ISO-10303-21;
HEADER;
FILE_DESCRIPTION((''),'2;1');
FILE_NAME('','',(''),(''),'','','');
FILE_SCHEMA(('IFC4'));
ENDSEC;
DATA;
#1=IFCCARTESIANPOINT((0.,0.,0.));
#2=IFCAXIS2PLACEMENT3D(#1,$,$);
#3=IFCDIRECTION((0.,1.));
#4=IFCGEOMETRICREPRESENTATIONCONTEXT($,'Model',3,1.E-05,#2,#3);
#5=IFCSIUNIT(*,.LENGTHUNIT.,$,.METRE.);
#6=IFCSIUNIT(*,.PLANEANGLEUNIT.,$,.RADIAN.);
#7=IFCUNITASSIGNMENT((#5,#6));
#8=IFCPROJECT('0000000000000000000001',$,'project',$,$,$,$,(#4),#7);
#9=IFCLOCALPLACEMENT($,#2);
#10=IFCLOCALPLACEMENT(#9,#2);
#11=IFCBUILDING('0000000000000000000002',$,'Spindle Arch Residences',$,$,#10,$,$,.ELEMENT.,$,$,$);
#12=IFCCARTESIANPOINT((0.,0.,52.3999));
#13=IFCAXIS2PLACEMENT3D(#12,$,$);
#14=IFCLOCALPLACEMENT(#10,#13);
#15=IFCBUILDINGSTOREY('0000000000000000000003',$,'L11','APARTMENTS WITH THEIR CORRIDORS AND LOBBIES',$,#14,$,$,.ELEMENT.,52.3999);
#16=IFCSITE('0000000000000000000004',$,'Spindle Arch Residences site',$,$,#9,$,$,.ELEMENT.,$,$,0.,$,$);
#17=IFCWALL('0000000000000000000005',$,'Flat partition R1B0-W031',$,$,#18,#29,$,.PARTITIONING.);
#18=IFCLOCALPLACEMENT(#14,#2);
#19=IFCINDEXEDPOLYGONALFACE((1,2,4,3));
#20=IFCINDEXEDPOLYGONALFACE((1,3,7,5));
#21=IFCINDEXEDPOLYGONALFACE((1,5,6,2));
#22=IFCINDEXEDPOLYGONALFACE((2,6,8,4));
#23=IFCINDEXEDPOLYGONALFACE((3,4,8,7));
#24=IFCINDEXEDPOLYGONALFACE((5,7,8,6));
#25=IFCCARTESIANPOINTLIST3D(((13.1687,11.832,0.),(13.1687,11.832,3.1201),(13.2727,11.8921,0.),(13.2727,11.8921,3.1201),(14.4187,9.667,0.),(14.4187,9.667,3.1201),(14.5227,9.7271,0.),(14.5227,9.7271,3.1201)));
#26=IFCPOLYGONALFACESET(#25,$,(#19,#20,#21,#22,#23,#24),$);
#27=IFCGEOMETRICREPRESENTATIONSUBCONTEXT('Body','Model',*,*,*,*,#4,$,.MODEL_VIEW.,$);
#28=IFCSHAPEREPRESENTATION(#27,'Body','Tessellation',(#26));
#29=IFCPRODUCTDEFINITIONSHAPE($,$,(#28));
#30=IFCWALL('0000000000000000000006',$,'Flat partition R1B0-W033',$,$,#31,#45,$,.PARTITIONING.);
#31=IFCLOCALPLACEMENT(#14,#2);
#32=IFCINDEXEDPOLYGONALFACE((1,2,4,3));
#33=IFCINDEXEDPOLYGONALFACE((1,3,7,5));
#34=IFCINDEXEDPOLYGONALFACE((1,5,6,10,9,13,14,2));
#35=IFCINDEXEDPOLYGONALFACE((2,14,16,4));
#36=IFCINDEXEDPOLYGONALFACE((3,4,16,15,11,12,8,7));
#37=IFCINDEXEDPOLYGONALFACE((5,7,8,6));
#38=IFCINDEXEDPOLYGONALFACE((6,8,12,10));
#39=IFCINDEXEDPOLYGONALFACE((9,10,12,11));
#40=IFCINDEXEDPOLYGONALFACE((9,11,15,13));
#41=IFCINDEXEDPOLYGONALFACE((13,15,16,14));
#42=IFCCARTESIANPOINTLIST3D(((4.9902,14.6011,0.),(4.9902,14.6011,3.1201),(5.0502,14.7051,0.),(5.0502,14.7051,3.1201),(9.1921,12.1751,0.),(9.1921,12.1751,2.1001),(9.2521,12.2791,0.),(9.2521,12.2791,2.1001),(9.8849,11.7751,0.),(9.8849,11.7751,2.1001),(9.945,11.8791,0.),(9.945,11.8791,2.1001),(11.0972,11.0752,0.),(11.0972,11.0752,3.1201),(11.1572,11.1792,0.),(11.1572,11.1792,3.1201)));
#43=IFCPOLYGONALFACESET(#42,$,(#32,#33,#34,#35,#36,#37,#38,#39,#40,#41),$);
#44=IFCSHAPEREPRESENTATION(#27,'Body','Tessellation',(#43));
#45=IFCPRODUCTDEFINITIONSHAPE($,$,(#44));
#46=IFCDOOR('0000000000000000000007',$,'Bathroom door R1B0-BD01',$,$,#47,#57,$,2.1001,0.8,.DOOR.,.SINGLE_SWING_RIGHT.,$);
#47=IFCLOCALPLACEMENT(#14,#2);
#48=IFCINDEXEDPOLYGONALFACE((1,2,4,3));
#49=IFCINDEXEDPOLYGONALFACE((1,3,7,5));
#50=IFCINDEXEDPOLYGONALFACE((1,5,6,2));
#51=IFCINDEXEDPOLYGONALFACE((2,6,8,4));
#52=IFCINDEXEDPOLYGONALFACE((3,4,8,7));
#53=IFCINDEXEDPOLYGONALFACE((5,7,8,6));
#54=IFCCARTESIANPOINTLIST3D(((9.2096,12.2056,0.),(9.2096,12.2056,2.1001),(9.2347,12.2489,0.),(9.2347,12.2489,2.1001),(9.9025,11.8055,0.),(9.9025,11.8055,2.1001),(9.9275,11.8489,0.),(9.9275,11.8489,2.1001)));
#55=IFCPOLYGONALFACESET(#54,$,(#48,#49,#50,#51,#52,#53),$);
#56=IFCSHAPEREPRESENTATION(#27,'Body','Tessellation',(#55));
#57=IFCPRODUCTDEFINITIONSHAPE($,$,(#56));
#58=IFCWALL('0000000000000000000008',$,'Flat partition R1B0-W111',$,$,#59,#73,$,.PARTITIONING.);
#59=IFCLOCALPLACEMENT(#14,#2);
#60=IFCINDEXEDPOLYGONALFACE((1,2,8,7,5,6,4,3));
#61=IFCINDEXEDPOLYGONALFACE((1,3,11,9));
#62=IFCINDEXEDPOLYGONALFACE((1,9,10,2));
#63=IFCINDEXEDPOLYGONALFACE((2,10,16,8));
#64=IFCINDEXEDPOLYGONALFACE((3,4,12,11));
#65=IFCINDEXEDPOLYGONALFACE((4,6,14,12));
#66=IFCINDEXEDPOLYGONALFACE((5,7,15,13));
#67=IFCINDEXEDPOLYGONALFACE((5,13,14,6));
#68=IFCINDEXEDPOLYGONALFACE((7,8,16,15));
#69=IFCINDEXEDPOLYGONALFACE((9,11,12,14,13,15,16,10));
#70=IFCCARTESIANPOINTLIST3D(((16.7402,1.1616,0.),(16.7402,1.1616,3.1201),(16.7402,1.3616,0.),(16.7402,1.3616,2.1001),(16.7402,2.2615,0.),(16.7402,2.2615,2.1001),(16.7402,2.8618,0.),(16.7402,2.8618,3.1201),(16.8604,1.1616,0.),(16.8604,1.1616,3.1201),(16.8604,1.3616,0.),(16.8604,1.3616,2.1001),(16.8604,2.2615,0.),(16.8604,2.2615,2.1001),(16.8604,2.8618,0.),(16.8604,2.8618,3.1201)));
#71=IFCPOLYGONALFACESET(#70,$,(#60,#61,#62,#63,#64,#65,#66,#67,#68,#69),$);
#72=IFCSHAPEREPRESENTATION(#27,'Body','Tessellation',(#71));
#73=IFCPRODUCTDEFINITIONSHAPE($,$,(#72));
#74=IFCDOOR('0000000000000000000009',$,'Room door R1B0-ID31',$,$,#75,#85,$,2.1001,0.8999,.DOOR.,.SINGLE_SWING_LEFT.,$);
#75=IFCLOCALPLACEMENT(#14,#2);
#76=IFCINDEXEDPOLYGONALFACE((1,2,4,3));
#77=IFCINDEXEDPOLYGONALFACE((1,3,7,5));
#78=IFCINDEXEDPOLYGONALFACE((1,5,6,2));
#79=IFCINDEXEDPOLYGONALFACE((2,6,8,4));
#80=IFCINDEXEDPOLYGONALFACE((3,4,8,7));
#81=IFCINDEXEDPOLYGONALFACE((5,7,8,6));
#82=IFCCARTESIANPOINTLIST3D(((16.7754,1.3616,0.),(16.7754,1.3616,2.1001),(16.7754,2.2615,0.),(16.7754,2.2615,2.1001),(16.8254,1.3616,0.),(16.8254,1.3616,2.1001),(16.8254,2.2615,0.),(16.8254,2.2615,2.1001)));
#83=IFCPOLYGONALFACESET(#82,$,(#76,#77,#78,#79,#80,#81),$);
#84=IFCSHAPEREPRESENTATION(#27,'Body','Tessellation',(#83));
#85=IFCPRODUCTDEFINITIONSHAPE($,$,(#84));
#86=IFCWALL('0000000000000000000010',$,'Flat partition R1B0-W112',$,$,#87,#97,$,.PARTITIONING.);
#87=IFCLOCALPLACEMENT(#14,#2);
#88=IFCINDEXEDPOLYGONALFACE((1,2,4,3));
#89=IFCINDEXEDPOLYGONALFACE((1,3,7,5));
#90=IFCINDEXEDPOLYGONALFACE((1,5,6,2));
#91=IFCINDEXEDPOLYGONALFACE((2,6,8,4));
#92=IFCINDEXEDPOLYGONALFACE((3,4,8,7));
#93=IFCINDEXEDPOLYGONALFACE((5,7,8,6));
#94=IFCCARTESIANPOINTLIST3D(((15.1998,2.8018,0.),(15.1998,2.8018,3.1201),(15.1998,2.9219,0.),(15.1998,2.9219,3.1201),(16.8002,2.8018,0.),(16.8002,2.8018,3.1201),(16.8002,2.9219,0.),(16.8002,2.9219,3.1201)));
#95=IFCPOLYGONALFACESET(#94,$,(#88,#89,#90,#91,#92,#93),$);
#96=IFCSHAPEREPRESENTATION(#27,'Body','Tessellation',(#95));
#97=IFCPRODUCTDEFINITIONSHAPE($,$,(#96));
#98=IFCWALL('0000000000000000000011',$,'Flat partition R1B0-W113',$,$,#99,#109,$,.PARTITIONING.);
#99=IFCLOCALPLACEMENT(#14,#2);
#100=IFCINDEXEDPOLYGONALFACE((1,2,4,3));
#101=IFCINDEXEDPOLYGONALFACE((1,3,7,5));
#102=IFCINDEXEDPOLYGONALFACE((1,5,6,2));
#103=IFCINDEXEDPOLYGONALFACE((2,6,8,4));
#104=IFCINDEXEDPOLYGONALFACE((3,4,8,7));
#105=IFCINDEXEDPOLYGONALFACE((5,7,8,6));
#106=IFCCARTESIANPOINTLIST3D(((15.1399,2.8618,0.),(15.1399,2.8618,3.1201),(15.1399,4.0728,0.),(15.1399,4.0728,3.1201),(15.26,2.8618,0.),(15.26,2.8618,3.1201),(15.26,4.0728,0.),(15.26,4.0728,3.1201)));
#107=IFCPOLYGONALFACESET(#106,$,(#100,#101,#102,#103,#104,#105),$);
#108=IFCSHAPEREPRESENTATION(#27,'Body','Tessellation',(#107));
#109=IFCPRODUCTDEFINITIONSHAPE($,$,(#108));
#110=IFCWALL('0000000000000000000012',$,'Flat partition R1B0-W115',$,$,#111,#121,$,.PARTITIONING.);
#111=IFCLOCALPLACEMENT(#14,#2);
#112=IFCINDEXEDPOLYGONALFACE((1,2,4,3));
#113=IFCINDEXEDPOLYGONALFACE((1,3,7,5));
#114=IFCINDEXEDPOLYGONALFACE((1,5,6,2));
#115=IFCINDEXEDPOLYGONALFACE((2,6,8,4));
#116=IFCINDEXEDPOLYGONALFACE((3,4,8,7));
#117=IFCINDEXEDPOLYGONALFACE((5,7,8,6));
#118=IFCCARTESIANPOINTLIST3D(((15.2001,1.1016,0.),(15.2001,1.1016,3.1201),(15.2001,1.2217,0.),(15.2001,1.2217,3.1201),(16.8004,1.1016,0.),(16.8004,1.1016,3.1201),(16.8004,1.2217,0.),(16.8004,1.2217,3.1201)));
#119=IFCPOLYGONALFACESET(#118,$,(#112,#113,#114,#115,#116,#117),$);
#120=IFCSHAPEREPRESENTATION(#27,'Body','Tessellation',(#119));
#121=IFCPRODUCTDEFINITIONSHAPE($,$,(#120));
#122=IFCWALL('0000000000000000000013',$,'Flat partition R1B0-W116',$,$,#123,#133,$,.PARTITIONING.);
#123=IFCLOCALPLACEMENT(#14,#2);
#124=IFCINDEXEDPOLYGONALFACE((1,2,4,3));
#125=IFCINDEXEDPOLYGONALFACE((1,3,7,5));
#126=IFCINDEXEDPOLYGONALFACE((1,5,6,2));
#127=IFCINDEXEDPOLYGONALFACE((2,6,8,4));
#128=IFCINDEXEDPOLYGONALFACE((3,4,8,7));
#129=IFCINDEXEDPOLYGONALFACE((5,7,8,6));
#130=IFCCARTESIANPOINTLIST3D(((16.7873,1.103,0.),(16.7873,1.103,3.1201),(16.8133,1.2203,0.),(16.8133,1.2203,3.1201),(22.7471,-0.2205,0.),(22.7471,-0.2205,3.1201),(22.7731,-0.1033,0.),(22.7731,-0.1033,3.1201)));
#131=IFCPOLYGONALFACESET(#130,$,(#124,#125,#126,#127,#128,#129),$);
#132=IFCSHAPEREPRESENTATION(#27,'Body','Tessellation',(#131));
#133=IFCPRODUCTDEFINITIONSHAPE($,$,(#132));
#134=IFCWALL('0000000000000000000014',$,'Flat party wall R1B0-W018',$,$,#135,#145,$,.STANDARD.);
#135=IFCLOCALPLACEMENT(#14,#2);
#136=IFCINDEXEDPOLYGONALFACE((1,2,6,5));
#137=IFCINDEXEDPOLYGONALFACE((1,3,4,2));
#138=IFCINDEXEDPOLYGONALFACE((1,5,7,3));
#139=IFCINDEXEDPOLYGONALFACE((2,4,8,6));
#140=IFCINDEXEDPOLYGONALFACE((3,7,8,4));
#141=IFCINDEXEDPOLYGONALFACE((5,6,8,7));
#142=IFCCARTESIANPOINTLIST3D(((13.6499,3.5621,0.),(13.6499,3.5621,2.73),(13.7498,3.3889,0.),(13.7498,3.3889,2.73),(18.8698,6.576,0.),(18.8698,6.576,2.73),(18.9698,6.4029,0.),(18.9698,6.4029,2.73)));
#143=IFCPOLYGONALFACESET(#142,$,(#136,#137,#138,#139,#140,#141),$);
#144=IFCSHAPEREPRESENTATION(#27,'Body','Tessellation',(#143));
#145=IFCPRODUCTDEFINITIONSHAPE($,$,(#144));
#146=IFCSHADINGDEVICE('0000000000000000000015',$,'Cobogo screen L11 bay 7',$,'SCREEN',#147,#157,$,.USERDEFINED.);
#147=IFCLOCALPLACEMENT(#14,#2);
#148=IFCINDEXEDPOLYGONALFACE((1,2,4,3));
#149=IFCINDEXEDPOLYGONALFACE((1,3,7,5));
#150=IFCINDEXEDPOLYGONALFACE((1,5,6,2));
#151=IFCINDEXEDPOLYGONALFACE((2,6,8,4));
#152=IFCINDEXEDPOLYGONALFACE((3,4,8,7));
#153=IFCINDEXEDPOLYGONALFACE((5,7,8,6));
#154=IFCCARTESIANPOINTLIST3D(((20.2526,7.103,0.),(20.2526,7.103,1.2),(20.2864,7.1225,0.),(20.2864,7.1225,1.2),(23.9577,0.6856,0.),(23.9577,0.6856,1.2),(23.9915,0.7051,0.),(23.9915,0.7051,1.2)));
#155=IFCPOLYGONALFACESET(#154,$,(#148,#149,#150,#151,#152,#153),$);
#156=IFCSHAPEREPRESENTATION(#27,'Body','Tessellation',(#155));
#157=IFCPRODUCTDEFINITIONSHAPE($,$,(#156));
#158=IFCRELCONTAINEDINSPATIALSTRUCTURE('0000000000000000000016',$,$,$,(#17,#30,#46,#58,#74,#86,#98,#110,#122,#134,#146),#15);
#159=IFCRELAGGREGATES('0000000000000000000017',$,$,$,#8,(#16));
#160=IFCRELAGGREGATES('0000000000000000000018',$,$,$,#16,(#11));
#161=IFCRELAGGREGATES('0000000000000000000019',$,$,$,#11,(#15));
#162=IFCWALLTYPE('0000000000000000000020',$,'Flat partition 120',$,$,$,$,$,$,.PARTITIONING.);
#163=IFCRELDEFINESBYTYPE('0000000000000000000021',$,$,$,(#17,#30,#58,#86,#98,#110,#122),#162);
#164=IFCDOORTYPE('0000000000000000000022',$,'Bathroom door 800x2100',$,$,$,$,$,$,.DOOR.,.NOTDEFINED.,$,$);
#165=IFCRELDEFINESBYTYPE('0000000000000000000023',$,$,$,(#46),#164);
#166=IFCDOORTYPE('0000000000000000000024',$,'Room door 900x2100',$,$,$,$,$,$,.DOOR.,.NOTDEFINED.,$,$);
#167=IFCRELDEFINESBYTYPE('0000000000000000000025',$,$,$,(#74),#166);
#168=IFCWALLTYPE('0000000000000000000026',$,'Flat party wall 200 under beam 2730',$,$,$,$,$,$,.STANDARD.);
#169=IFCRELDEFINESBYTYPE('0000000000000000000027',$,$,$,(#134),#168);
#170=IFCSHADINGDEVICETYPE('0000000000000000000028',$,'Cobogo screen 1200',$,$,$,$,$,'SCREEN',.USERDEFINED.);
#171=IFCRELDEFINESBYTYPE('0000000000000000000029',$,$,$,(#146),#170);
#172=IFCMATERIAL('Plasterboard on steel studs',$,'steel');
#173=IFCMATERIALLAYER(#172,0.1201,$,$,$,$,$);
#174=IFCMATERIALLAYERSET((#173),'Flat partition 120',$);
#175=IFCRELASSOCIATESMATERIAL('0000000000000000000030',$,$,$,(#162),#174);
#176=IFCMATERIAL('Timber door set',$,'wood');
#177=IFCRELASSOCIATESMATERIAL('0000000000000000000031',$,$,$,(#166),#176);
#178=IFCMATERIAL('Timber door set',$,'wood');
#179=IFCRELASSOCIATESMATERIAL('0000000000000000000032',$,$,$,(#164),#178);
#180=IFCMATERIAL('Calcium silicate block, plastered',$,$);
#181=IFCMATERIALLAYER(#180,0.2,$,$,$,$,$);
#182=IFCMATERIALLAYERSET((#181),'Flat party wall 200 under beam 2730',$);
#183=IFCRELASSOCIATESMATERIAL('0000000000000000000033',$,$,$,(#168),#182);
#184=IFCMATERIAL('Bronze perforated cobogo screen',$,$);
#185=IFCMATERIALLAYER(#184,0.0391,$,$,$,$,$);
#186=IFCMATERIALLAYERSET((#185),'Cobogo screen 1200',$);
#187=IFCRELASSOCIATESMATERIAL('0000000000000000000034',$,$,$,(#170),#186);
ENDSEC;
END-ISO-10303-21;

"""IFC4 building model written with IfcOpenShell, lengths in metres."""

from ifc_helpers import new_model, si_unit, direction, frame, frame_2d, origin, origin_2d, place, context, subcontext, project, spatial, rectangle, extrude, material, layer, layer_set, type_object, element, fill, save


model = new_model("IFC4")

# Units and contexts
model_context = context("Model", 3, precision=1e-05, world=origin(), true_north=direction((0.0, 1.0)))
body_context = subcontext(model_context, "Body", "Model", "MODEL_VIEW")
ifc_project = project(units=[si_unit("LENGTHUNIT", "METRE"), si_unit("PLANEANGLEUNIT", "RADIAN")], contexts=[model_context])

# Site, building, storey
site_placement = place(None, origin())
site = spatial("IfcSite", under=ifc_project, at=site_placement, Name="Spindle Arch Residences site", CompositionType="ELEMENT", RefElevation=0.0)
building_placement = place(site_placement, origin())
building = spatial("IfcBuilding", under=site, at=building_placement, Name="Spindle Arch Residences", CompositionType="ELEMENT")
storey_placement = place(building_placement, frame((0.0, 0.0, 52.3999)))
storey = spatial("IfcBuildingStorey", under=building, at=storey_placement, Name="L11", Description="APARTMENTS WITH THEIR CORRIDORS AND LOBBIES", CompositionType="ELEMENT", Elevation=52.3999)

# Shared definitions
ifc_material_1 = material(Name="Plasterboard on steel studs", Category="steel")
ifc_layer_1 = layer(ifc_material_1, 0.1201)
ifc_layer_set_1 = layer_set([ifc_layer_1], Name="Flat partition 120")
wall_type_1 = type_object("IfcWallType", Name="Flat partition 120", PredefinedType="PARTITIONING", material=ifc_layer_set_1)
ifc_material_2 = material(Name="Timber door set", Category="wood")
door_type_1 = type_object("IfcDoorType", Name="Room door 900x2100", OperationType="NOTDEFINED", PredefinedType="DOOR", material=ifc_material_2)

# Wall
wall_1_placement = place(storey_placement, frame((14.4707, 9.697, 0.0), z_axis=(0.0, 0.0, 1.0), x_axis=(-0.500004, 0.866023, 0.0)))
element("IfcWall", 1, at=wall_1_placement, inside=storey, type_object=wall_type_1, Name="Flat partition R1B0-W031", PredefinedType="PARTITIONING", context=body_context, shape_type="SweptSolid", body=[
    extrude(rectangle(XDim=2.5, YDim=0.1201, at=frame_2d((1.25, 0.0))), origin(), (0.0, 0.0, 1.0), 3.1201),
])

# Walls, openings, doors
wall_2_placement = place(storey_placement, frame((11.1272, 11.1272, 0.0), z_axis=(0.0, 0.0, 1.0), x_axis=(-0.866023, 0.500004, 0.0)))
wall_2 = element("IfcWall", 2, at=wall_2_placement, inside=storey, type_object=wall_type_1, Name="Flat partition R1B0-W033", PredefinedType="PARTITIONING", context=body_context, shape_type="SweptSolid", body=[
    extrude(rectangle(XDim=7.0518, YDim=0.1201, at=frame_2d((3.5259, 0.0))), origin(), (0.0, 0.0, 1.0), 3.1201),
])
opening_1_placement = place(wall_2_placement, frame((1.3999, 0.0, 0.0)))
opening_1 = element("IfcOpeningElement", 3, at=opening_1_placement, cuts=wall_2, PredefinedType="OPENING", context=body_context, shape_type="SweptSolid", body=[
    extrude(rectangle(XDim=0.8, YDim=2.1001, at=frame_2d((0.3999, 1.05))), frame((0.0, 0.0701, 0.0), z_axis=(0.0, -1.0, 0.0), x_axis=(1.0, 0.0, 0.0)), (0.0, 0.0, 1.0), 0.1401),
])
ifc_material_3 = material(Name="Timber door set", Category="wood")
door_type_2 = type_object("IfcDoorType", Name="Bathroom door 800x2100", OperationType="NOTDEFINED", PredefinedType="DOOR", material=ifc_material_3)
door_1_placement = place(opening_1_placement, origin())
door_1 = element("IfcDoor", 4, at=door_1_placement, inside=storey, type_object=door_type_2, Name="Bathroom door R1B0-BD01", OperationType="SINGLE_SWING_RIGHT", OverallHeight=2.1001, OverallWidth=0.8, PredefinedType="DOOR", context=body_context, shape_type="SweptSolid", body=[
    extrude(rectangle(XDim=0.8, YDim=2.1001, at=frame_2d((0.3999, 1.05))), frame((0.0, 0.0249, 0.0), z_axis=(0.0, -1.0, 0.0), x_axis=(1.0, 0.0, 0.0)), (0.0, 0.0, 1.0), 0.05),
])
fill(opening_1, door_1)
wall_3_placement = place(storey_placement, frame((16.8003, 1.1616, 0.0), z_axis=(0.0, 0.0, 1.0), x_axis=(0.0, 1.0, 0.0)))
wall_3 = element("IfcWall", 5, at=wall_3_placement, inside=storey, type_object=wall_type_1, Name="Flat partition R1B0-W111", PredefinedType="PARTITIONING", context=body_context, shape_type="SweptSolid", body=[
    extrude(rectangle(XDim=1.7002, YDim=0.1201, at=frame_2d((0.8501, 0.0))), origin(), (0.0, 0.0, 1.0), 3.1201),
])
opening_2_placement = place(wall_3_placement, frame((0.2, 0.0, 0.0)))
opening_2 = element("IfcOpeningElement", 6, at=opening_2_placement, cuts=wall_3, PredefinedType="OPENING", context=body_context, shape_type="SweptSolid", body=[
    extrude(rectangle(XDim=0.8999, YDim=2.1001, at=frame_2d((0.45, 1.05))), frame((0.0, 0.0701, 0.0), z_axis=(0.0, -1.0, 0.0), x_axis=(1.0, 0.0, 0.0)), (0.0, 0.0, 1.0), 0.1401),
])
door_2_placement = place(opening_2_placement, origin())
door_2 = element("IfcDoor", 7, at=door_2_placement, inside=storey, type_object=door_type_1, Name="Room door R1B0-ID31", OperationType="SINGLE_SWING_LEFT", OverallHeight=2.1001, OverallWidth=0.8999, PredefinedType="DOOR", context=body_context, shape_type="SweptSolid", body=[
    extrude(rectangle(XDim=0.8999, YDim=2.1001, at=frame_2d((0.45, 1.05))), frame((0.0, 0.0249, 0.0), z_axis=(0.0, -1.0, 0.0), x_axis=(1.0, 0.0, 0.0)), (0.0, 0.0, 1.0), 0.05),
])
fill(opening_2, door_2)

# Walls
wall_4_placement = place(storey_placement, frame((16.8003, 2.8618, 0.0), z_axis=(0.0, 0.0, 1.0), x_axis=(-1.0, 0.0, 0.0)))
element("IfcWall", 8, at=wall_4_placement, inside=storey, type_object=wall_type_1, Name="Flat partition R1B0-W112", PredefinedType="PARTITIONING", context=body_context, shape_type="SweptSolid", body=[
    extrude(rectangle(XDim=1.6003, YDim=0.1201, at=frame_2d((0.8003, 0.0))), origin(), (0.0, 0.0, 1.0), 3.1201),
])
wall_5_placement = place(storey_placement, frame((15.2, 2.8618, 0.0), z_axis=(0.0, 0.0, 1.0), x_axis=(0.0, 1.0, 0.0)))
element("IfcWall", 9, at=wall_5_placement, inside=storey, type_object=wall_type_1, Name="Flat partition R1B0-W113", PredefinedType="PARTITIONING", context=body_context, shape_type="SweptSolid", body=[
    extrude(rectangle(XDim=1.2109, YDim=0.1201, at=frame_2d((0.6055, 0.0))), origin(), (0.0, 0.0, 1.0), 3.1201),
])
wall_6_placement = place(storey_placement, frame((15.2, 1.1616, 0.0), z_axis=(0.0, 0.0, 1.0), x_axis=(1.0, 0.0, 0.0)))
element("IfcWall", 10, at=wall_6_placement, inside=storey, type_object=wall_type_1, Name="Flat partition R1B0-W115", PredefinedType="PARTITIONING", context=body_context, shape_type="SweptSolid", body=[
    extrude(rectangle(XDim=1.6003, YDim=0.1201, at=frame_2d((0.8003, 0.0))), origin(), (0.0, 0.0, 1.0), 3.1201),
])
wall_7_placement = place(storey_placement, frame((16.8003, 1.1616, 0.0), z_axis=(0.0, 0.0, 1.0), x_axis=(0.976218, -0.216791, 0.0)))
element("IfcWall", 11, at=wall_7_placement, inside=storey, type_object=wall_type_1, Name="Flat partition R1B0-W116", PredefinedType="PARTITIONING", context=body_context, shape_type="SweptSolid", body=[
    extrude(rectangle(XDim=6.105, YDim=0.1201, at=frame_2d((3.0525, 0.0))), origin(), (0.0, 0.0, 1.0), 3.1201),
])
ifc_material_4 = material(Name="Calcium silicate block, plastered")
ifc_layer_2 = layer(ifc_material_4, 0.2)
ifc_layer_set_2 = layer_set([ifc_layer_2], Name="Flat party wall 200 under beam 2730")
wall_type_2 = type_object("IfcWallType", Name="Flat party wall 200 under beam 2730", PredefinedType="STANDARD", material=ifc_layer_set_2)
wall_8_placement = place(storey_placement, frame((13.7, 3.4756, 0.0), z_axis=(0.0, 0.0, 1.0), x_axis=(0.866014, 0.50002, 0.0)))
element("IfcWall", 12, at=wall_8_placement, inside=storey, type_object=wall_type_2, Name="Flat party wall R1B0-W018", PredefinedType="STANDARD", context=body_context, shape_type="SweptSolid", body=[
    extrude(rectangle(XDim=6.0276, YDim=0.2, at=frame_2d((3.0137, 0.0))), origin(), (0.0, 0.0, 1.0), 2.73),
])

# Shading device
ifc_material_5 = material(Name="Bronze perforated cobogo screen")
ifc_layer_3 = layer(ifc_material_5, 0.0391)
ifc_layer_set_3 = layer_set([ifc_layer_3], Name="Cobogo screen 1200")
shading_device_type = type_object("IfcShadingDeviceType", Name="Cobogo screen 1200", ElementType="SCREEN", PredefinedType="USERDEFINED", material=ifc_layer_set_3)
shading_device_placement = place(storey_placement, frame((22.1221, 3.9041, 0.0), z_axis=(0.0, 0.0, 1.0), x_axis=(-0.5, 0.866025, 0.0)))
element("IfcShadingDevice", 13, at=shading_device_placement, inside=storey, type_object=shading_device_type, Name="Cobogo screen L11 bay 7", ObjectType="SCREEN", PredefinedType="USERDEFINED", context=body_context, shape_type="SweptSolid", body=[
    extrude(rectangle(XDim=7.4102, YDim=0.0391, at=origin_2d()), origin(), (0.0, 0.0, 1.0), 1.2),
])

save(model, "model.ifc")
